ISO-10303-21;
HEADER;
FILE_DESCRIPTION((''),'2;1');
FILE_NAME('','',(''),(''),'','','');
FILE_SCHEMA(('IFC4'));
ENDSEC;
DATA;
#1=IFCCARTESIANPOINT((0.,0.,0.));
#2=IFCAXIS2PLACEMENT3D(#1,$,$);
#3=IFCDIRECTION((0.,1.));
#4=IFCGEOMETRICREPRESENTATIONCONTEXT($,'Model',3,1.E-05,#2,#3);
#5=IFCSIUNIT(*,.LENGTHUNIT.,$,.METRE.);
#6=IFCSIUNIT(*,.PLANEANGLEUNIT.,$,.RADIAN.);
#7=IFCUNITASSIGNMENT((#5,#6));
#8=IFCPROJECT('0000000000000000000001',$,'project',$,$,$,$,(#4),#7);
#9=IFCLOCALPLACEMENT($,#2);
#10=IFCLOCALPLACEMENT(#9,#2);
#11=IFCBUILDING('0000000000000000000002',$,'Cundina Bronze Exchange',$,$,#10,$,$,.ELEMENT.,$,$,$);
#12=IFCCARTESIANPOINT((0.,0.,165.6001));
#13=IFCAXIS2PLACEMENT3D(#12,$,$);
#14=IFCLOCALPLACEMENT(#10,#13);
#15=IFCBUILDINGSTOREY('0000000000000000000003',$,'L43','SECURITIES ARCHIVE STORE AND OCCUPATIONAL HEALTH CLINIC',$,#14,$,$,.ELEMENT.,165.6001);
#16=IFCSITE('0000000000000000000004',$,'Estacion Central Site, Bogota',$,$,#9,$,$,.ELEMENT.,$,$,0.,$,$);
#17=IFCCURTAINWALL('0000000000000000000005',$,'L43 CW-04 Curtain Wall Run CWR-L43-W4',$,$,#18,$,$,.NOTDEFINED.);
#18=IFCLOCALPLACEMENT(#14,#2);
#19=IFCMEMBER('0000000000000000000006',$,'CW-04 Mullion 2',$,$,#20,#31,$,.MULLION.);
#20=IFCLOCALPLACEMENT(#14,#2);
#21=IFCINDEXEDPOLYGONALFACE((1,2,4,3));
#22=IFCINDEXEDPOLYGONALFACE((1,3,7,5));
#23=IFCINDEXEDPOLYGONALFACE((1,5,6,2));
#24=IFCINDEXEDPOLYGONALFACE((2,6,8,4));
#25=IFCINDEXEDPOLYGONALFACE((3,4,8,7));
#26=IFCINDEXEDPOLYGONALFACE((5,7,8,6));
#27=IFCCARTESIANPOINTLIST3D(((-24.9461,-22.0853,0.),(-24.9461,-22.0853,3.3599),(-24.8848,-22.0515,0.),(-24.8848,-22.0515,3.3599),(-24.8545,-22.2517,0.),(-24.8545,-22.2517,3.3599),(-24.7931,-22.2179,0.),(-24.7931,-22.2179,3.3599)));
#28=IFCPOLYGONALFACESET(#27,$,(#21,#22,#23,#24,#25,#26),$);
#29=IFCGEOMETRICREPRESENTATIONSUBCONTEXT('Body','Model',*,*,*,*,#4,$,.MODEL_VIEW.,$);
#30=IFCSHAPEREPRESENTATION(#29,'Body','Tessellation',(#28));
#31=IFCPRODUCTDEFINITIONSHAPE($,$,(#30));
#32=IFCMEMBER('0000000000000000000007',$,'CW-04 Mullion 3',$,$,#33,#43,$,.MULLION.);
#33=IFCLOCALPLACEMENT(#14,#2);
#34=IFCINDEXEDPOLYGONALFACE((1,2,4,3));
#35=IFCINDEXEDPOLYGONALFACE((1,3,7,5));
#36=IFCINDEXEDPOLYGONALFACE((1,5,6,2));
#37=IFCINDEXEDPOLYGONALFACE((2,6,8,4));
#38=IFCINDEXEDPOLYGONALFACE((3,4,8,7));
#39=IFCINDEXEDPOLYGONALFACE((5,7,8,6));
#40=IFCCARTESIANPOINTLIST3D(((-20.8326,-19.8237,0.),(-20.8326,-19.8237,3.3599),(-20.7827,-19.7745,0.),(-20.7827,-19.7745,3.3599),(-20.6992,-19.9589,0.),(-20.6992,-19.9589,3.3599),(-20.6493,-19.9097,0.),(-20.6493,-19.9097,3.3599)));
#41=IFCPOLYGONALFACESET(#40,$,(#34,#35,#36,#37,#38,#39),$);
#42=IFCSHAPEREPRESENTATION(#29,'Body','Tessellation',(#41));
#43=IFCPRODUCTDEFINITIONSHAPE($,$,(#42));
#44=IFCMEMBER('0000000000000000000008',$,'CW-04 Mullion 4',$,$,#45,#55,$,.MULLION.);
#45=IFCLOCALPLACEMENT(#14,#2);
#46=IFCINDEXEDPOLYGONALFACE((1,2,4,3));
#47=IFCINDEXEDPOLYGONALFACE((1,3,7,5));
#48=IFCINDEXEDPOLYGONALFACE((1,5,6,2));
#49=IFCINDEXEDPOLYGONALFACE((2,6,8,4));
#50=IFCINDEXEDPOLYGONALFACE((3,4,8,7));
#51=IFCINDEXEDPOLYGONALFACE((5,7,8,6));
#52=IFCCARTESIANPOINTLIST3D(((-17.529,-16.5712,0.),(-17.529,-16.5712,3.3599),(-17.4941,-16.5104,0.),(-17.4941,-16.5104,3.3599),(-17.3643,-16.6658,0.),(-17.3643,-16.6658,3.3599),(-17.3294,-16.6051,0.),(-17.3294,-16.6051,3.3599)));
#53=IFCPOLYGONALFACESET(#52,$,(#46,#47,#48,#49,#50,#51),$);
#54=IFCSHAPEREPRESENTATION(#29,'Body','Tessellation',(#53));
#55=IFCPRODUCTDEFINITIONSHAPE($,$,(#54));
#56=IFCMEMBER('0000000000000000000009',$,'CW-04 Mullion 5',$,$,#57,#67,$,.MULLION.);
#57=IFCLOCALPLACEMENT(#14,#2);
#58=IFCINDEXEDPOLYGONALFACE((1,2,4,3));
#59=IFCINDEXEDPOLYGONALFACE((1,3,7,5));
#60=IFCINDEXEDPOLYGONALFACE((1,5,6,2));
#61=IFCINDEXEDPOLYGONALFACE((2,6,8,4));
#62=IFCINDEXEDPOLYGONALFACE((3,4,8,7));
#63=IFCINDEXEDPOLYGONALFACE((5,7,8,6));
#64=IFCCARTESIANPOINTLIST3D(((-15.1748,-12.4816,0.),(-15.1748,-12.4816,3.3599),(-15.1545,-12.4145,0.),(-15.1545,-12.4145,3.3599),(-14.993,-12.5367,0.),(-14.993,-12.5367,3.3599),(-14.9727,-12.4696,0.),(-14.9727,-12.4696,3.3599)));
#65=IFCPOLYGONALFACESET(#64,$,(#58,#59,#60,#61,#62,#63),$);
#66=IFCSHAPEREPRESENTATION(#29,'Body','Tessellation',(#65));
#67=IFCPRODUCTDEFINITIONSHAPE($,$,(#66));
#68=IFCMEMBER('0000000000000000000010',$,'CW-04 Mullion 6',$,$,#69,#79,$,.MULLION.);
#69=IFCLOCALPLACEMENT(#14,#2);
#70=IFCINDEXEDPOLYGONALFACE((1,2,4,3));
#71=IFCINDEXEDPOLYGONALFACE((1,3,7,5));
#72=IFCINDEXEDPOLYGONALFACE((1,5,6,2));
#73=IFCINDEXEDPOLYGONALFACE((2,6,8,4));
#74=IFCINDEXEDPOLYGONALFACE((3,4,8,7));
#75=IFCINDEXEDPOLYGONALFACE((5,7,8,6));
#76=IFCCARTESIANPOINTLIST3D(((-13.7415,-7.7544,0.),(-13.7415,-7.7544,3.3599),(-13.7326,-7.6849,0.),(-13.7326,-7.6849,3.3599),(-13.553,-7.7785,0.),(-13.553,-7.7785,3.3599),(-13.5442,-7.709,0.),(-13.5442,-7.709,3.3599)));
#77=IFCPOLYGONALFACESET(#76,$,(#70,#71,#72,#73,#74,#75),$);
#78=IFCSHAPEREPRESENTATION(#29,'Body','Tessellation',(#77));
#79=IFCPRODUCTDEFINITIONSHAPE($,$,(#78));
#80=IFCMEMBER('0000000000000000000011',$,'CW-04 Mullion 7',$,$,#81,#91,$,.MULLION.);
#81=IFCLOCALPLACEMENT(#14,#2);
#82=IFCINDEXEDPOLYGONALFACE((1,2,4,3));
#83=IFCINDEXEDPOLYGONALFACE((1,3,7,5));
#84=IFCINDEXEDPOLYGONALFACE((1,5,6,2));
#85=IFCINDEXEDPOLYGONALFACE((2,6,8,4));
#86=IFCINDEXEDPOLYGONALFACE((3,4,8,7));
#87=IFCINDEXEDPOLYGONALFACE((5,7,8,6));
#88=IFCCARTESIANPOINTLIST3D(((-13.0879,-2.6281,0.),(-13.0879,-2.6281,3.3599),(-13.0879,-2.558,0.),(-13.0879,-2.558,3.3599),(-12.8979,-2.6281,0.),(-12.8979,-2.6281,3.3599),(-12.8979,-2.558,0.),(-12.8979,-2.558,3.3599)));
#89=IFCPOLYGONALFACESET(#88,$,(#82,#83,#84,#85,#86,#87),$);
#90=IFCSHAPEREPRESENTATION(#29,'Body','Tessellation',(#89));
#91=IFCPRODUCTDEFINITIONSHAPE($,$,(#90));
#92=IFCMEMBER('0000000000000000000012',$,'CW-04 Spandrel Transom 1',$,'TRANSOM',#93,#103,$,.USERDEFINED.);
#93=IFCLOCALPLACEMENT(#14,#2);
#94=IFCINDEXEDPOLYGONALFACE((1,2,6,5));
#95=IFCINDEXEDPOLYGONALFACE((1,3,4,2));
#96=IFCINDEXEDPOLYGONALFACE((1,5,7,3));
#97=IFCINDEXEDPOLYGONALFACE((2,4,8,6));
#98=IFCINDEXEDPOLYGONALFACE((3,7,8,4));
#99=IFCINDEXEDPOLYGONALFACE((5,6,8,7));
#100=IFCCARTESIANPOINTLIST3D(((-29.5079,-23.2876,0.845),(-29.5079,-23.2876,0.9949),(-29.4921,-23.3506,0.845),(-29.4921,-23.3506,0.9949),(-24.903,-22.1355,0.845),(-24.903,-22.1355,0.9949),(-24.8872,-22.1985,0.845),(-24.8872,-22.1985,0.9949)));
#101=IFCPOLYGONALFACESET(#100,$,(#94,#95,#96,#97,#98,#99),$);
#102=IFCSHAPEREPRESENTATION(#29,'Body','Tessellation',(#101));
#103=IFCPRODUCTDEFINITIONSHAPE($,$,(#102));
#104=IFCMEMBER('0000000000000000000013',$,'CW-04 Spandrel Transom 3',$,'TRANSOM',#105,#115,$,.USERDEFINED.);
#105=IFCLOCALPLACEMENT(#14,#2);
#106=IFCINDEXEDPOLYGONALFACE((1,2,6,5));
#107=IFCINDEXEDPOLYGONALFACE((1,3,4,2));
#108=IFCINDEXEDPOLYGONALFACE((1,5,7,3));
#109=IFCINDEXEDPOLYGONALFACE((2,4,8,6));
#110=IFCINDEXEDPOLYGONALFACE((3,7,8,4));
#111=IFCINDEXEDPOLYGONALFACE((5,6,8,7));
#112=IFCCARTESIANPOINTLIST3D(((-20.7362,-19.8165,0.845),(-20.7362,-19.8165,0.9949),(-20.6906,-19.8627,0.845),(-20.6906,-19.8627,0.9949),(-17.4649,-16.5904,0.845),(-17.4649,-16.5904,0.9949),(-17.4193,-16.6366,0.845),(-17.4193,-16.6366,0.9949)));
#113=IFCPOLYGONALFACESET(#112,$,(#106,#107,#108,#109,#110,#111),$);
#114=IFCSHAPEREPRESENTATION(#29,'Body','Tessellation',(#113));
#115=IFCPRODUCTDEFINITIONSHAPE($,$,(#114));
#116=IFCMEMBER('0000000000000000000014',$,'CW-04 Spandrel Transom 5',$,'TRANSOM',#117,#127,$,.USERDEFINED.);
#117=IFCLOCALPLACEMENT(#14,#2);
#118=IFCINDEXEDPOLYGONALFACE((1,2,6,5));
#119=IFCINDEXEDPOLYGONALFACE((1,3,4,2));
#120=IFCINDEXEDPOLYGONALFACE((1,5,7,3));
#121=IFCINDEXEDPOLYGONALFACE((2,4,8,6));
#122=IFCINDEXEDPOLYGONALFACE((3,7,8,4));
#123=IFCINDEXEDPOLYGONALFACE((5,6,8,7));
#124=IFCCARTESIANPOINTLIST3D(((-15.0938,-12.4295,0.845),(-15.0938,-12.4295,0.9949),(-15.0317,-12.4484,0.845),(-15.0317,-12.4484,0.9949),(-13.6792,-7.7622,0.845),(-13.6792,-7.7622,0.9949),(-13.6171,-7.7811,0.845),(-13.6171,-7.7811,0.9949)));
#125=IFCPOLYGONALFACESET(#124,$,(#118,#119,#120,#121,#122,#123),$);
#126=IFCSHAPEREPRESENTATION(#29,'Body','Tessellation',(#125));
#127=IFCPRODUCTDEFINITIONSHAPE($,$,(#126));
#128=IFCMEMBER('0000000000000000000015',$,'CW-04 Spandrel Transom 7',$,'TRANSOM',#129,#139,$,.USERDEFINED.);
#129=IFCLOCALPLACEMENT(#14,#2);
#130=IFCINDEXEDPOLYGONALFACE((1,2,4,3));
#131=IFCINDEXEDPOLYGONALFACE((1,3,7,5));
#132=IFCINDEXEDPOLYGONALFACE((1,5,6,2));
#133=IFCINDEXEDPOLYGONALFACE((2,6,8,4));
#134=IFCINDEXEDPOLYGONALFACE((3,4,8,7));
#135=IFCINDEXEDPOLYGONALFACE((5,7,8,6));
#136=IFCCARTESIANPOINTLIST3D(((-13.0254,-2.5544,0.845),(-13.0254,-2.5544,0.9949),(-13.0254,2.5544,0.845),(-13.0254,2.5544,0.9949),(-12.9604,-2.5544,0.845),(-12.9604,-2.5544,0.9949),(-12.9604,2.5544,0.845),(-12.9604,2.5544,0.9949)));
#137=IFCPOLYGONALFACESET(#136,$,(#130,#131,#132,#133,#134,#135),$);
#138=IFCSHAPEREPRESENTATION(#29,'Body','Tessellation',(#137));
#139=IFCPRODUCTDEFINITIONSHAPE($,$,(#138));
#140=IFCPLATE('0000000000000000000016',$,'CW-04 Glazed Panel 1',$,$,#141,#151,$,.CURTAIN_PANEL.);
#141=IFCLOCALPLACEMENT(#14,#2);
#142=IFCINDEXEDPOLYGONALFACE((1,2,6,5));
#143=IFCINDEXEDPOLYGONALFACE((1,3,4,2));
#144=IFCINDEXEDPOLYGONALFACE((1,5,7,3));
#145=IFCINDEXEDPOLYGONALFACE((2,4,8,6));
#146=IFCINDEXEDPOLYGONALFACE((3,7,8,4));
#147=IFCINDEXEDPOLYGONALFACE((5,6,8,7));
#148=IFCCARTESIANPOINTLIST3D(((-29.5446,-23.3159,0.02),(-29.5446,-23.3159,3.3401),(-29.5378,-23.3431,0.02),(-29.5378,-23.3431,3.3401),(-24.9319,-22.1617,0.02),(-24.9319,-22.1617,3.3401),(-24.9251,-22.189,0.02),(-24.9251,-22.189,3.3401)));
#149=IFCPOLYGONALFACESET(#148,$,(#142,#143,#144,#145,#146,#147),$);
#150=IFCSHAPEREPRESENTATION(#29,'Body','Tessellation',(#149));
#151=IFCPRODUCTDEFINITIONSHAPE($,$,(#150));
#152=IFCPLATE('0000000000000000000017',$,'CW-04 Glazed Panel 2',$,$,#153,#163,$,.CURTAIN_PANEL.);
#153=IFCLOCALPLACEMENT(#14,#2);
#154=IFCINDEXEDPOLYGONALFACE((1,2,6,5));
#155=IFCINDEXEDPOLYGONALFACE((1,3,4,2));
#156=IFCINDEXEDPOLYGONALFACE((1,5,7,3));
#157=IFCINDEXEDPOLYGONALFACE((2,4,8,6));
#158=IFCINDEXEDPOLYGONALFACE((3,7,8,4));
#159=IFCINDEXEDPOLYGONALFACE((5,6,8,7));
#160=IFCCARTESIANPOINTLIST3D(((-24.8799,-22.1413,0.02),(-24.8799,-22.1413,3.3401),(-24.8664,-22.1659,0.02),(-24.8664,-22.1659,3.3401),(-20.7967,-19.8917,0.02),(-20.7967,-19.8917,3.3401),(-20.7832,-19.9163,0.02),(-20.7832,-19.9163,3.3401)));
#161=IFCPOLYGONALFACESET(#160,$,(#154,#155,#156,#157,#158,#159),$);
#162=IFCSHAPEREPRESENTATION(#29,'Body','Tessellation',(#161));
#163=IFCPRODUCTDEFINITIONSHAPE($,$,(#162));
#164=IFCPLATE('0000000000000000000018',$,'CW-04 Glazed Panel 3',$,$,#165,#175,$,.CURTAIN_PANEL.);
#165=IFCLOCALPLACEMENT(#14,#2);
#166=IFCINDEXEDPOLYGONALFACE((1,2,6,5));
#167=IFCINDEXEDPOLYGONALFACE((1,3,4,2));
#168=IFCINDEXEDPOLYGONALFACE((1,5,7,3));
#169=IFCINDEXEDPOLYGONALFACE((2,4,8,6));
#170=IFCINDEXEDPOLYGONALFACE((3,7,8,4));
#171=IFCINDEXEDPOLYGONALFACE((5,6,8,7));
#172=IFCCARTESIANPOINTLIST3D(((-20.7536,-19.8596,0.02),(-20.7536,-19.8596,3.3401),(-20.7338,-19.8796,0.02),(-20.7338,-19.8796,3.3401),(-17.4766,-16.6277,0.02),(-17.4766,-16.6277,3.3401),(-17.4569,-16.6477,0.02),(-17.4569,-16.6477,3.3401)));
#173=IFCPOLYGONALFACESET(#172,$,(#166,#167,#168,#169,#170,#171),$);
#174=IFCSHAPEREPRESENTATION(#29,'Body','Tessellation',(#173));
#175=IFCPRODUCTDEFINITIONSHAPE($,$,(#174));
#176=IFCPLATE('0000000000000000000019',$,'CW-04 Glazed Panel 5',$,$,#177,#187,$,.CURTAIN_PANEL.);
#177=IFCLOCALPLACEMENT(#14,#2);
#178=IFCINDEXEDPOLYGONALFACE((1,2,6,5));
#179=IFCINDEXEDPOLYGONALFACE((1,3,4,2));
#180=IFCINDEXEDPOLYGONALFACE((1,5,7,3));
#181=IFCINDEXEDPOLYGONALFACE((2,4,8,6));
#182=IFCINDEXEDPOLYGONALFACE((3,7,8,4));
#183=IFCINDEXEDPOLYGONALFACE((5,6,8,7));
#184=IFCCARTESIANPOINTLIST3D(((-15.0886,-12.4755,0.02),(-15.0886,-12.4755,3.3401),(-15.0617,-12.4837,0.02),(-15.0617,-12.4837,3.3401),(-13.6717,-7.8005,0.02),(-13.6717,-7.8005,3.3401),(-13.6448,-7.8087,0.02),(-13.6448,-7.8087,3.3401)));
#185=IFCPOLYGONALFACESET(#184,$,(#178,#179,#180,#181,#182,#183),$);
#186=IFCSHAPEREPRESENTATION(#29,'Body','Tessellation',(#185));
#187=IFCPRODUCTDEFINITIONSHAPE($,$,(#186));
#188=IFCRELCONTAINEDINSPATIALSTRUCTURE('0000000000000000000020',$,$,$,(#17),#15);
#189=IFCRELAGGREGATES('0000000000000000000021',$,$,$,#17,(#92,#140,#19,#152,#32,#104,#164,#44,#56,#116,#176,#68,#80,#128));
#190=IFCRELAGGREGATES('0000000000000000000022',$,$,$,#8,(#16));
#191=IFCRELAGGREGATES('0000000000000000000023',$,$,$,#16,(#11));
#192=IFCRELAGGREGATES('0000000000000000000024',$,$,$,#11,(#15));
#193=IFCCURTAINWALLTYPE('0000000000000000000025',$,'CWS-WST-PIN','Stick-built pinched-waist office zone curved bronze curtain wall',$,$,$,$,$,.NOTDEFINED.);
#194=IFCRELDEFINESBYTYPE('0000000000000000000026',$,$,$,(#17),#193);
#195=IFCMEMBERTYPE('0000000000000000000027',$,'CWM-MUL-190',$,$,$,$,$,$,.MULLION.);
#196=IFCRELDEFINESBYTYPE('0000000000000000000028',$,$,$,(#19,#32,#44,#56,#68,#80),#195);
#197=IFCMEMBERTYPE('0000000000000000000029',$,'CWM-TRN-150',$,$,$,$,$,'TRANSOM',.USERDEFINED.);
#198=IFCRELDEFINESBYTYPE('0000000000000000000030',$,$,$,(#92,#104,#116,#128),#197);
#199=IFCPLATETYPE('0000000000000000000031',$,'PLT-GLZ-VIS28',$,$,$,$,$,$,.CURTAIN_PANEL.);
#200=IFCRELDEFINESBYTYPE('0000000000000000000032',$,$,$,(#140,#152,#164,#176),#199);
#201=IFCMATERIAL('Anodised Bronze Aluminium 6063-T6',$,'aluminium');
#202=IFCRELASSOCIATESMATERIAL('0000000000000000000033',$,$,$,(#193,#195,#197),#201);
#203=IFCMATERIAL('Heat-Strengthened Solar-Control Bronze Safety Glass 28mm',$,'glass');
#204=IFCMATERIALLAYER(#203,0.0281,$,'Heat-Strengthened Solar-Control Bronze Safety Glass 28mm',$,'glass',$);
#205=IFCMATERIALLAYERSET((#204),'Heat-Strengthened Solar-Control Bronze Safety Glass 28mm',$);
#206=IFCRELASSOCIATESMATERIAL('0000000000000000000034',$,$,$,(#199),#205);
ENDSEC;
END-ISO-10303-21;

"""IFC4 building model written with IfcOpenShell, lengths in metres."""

from ifc_helpers import new_model, si_unit, direction, frame, origin, origin_2d, place, context, subcontext, project, spatial, rectangle, extrude, material, layer, layer_set, material_profile, profile_set, type_object, element, aggregate, save


model = new_model("IFC4")

# Units and contexts
model_context = context("Model", 3, precision=1e-05, world=origin(), true_north=direction((0.0, 1.0)))
body_context = subcontext(model_context, "Body", "Model", "MODEL_VIEW")
ifc_project = project(units=[si_unit("LENGTHUNIT", "METRE"), si_unit("PLANEANGLEUNIT", "RADIAN")], contexts=[model_context])

# Site, building, storey
site_placement = place(None, origin())
site = spatial("IfcSite", under=ifc_project, at=site_placement, Name="Estacion Central Site, Bogota", CompositionType="ELEMENT", RefElevation=0.0)
building_placement = place(site_placement, origin())
building = spatial("IfcBuilding", under=site, at=building_placement, Name="Cundina Bronze Exchange", CompositionType="ELEMENT")
storey_placement = place(building_placement, frame((0.0, 0.0, 165.6001)))
storey = spatial("IfcBuildingStorey", under=building, at=storey_placement, Name="L43", Description="SECURITIES ARCHIVE STORE AND OCCUPATIONAL HEALTH CLINIC", CompositionType="ELEMENT", Elevation=165.6001)

# Curtain wall, members, plates
ifc_material_1 = material(Name="Anodised Bronze Aluminium 6063-T6", Category="aluminium")
curtain_wall_type = type_object("IfcCurtainWallType", Name="CWS-WST-PIN", Description="Stick-built pinched-waist office zone curved bronze curtain wall", PredefinedType="NOTDEFINED", material=ifc_material_1)
curtain_wall_placement = place(storey_placement, origin())
curtain_wall = element("IfcCurtainWall", 1, at=curtain_wall_placement, inside=storey, type_object=curtain_wall_type, Name="L43 CW-04 Curtain Wall Run CWR-L43-W4", PredefinedType="NOTDEFINED")
ifc_material_profile_1 = material_profile(ifc_material_1, rectangle(XDim=0.0701, YDim=0.1899, at=origin_2d()), Name="AL70X190", Category="aluminium")
ifc_profile_set_1 = profile_set([ifc_material_profile_1], Name="Anodised Bronze Aluminium 6063-T6")
member_type_1 = type_object("IfcMemberType", Name="CWM-MUL-190", PredefinedType="MULLION", material=ifc_profile_set_1)
member_1_placement = place(storey_placement, frame((-24.8696, -22.1516, 0.0), z_axis=(0.0, 0.0, 1.0), x_axis=(0.875886, 0.482518, 0.0)))
member_1 = element("IfcMember", 2, at=member_1_placement, type_object=member_type_1, Name="CW-04 Mullion 2", PredefinedType="MULLION", context=body_context, shape_type="SweptSolid", body=[
    extrude(rectangle(XDim=0.0701, YDim=0.1899, at=origin_2d()), origin(), (0.0, 0.0, 1.0), 3.3599),
])
member_2_placement = place(storey_placement, frame((-20.741, -19.8667, 0.0), z_axis=(0.0, 0.0, 1.0), x_axis=(0.712026, 0.702153, 0.0)))
member_2 = element("IfcMember", 3, at=member_2_placement, type_object=member_type_1, Name="CW-04 Mullion 3", PredefinedType="MULLION", context=body_context, shape_type="SweptSolid", body=[
    extrude(rectangle(XDim=0.0701, YDim=0.1899, at=origin_2d()), origin(), (0.0, 0.0, 1.0), 3.3599),
])
member_3_placement = place(storey_placement, frame((-17.4292, -16.5881, 0.0), z_axis=(0.0, 0.0, 1.0), x_axis=(0.498488, 0.866897, 0.0)))
member_3 = element("IfcMember", 4, at=member_3_placement, type_object=member_type_1, Name="CW-04 Mullion 4", PredefinedType="MULLION", context=body_context, shape_type="SweptSolid", body=[
    extrude(rectangle(XDim=0.0701, YDim=0.1899, at=origin_2d()), origin(), (0.0, 0.0, 1.0), 3.3599),
])
member_4_placement = place(storey_placement, frame((-15.0737, -12.4756, 0.0), z_axis=(0.0, 0.0, 1.0), x_axis=(0.290034, 0.957016, 0.0)))
member_4 = element("IfcMember", 5, at=member_4_placement, type_object=member_type_1, Name="CW-04 Mullion 5", PredefinedType="MULLION", context=body_context, shape_type="SweptSolid", body=[
    extrude(rectangle(XDim=0.0701, YDim=0.1899, at=origin_2d()), origin(), (0.0, 0.0, 1.0), 3.3599),
])
member_5_placement = place(storey_placement, frame((-13.6428, -7.7317, 0.0), z_axis=(0.0, 0.0, 1.0), x_axis=(0.126545, 0.991961, 0.0)))
member_5 = element("IfcMember", 6, at=member_5_placement, type_object=member_type_1, Name="CW-04 Mullion 6", PredefinedType="MULLION", context=body_context, shape_type="SweptSolid", body=[
    extrude(rectangle(XDim=0.0701, YDim=0.1899, at=origin_2d()), origin(), (0.0, 0.0, 1.0), 3.3599),
])
member_6_placement = place(storey_placement, frame((-12.9929, -2.593, 0.0), z_axis=(0.0, 0.0, 1.0), x_axis=(0.0, 1.0, 0.0)))
member_6 = element("IfcMember", 7, at=member_6_placement, type_object=member_type_1, Name="CW-04 Mullion 7", PredefinedType="MULLION", context=body_context, shape_type="SweptSolid", body=[
    extrude(rectangle(XDim=0.0701, YDim=0.1899, at=origin_2d()), origin(), (0.0, 0.0, 1.0), 3.3599),
])
ifc_material_profile_2 = material_profile(ifc_material_1, rectangle(XDim=0.0649, YDim=0.1499, at=origin_2d()), Name="AL65X150", Category="aluminium")
ifc_profile_set_2 = profile_set([ifc_material_profile_2], Name="Anodised Bronze Aluminium 6063-T6")
member_type_2 = type_object("IfcMemberType", Name="CWM-TRN-150", ElementType="TRANSOM", PredefinedType="USERDEFINED", material=ifc_profile_set_2)
member_7_placement = place(storey_placement, frame((-29.5, -23.3191, 0.9199), z_axis=(0.9701, 0.242705, 0.0), x_axis=(-0.242705, 0.9701, 0.0)))
member_7 = element("IfcMember", 8, at=member_7_placement, type_object=member_type_2, Name="CW-04 Spandrel Transom 1", ObjectType="TRANSOM", PredefinedType="USERDEFINED", context=body_context, shape_type="SweptSolid", body=[
    extrude(rectangle(XDim=0.0649, YDim=0.1499, at=origin_2d()), origin(), (0.0, 0.0, 1.0), 4.7468),
])
member_8_placement = place(storey_placement, frame((-20.7134, -19.8396, 0.9199), z_axis=(0.712005, 0.702174, 0.0), x_axis=(-0.702174, 0.712005, 0.0)))
member_8 = element("IfcMember", 9, at=member_8_placement, type_object=member_type_2, Name="CW-04 Spandrel Transom 3", ObjectType="TRANSOM", PredefinedType="USERDEFINED", context=body_context, shape_type="SweptSolid", body=[
    extrude(rectangle(XDim=0.0649, YDim=0.1499, at=origin_2d()), origin(), (0.0, 0.0, 1.0), 4.5945),
])
member_9_placement = place(storey_placement, frame((-15.0627, -12.439, 0.9199), z_axis=(0.290052, 0.957011, 0.0), x_axis=(-0.957011, 0.290052, 0.0)))
member_9 = element("IfcMember", 10, at=member_9_placement, type_object=member_type_2, Name="CW-04 Spandrel Transom 5", ObjectType="TRANSOM", PredefinedType="USERDEFINED", context=body_context, shape_type="SweptSolid", body=[
    extrude(rectangle(XDim=0.0649, YDim=0.1499, at=origin_2d()), origin(), (0.0, 0.0, 1.0), 4.877),
])
member_10_placement = place(storey_placement, frame((-12.9929, -2.5544, 0.9199), z_axis=(0.0, 1.0, 0.0), x_axis=(-1.0, 0.0, 0.0)))
member_10 = element("IfcMember", 11, at=member_10_placement, type_object=member_type_2, Name="CW-04 Spandrel Transom 7", ObjectType="TRANSOM", PredefinedType="USERDEFINED", context=body_context, shape_type="SweptSolid", body=[
    extrude(rectangle(XDim=0.0649, YDim=0.1499, at=origin_2d()), origin(), (0.0, 0.0, 1.0), 5.1089),
])
ifc_material_2 = material(Name="Heat-Strengthened Solar-Control Bronze Safety Glass 28mm", Category="glass")
ifc_layer_1 = layer(ifc_material_2, 0.0281, Name="Heat-Strengthened Solar-Control Bronze Safety Glass 28mm", Category="glass")
ifc_layer_set_1 = layer_set([ifc_layer_1], Name="Heat-Strengthened Solar-Control Bronze Safety Glass 28mm")
plate_type_1 = type_object("IfcPlateType", Name="PLT-GLZ-VIS28", PredefinedType="CURTAIN_PANEL", material=ifc_layer_set_1)
plate_1_placement = place(storey_placement, frame((-27.2349, -22.7524, 0.02), z_axis=(0.0, 0.0, 1.0), x_axis=(0.970093, 0.242735, 0.0)))
plate_1 = element("IfcPlate", 12, at=plate_1_placement, type_object=plate_type_1, Name="CW-04 Glazed Panel 1", PredefinedType="CURTAIN_PANEL", context=body_context, shape_type="SweptSolid", body=[
    extrude(rectangle(XDim=4.7549, YDim=0.0281, at=origin_2d()), origin(), (0.0, 0.0, 1.0), 3.3201),
])
plate_2_placement = place(storey_placement, frame((-22.8315, -21.0288, 0.02), z_axis=(0.0, 0.0, 1.0), x_axis=(0.875869, 0.482549, 0.0)))
plate_2 = element("IfcPlate", 13, at=plate_2_placement, type_object=plate_type_1, Name="CW-04 Glazed Panel 2", PredefinedType="CURTAIN_PANEL", context=body_context, shape_type="SweptSolid", body=[
    extrude(rectangle(XDim=4.6619, YDim=0.0281, at=origin_2d()), origin(), (0.0, 0.0, 1.0), 3.3201),
])
plate_3_placement = place(storey_placement, frame((-19.1052, -18.2537, 0.02), z_axis=(0.0, 0.0, 1.0), x_axis=(0.711989, 0.70219, 0.0)))
plate_3 = element("IfcPlate", 14, at=plate_3_placement, type_object=plate_type_1, Name="CW-04 Glazed Panel 3", PredefinedType="CURTAIN_PANEL", context=body_context, shape_type="SweptSolid", body=[
    extrude(rectangle(XDim=4.6025, YDim=0.0281, at=origin_2d()), origin(), (0.0, 0.0, 1.0), 3.3201),
])
plate_4_placement = place(storey_placement, frame((-14.3667, -10.1421, 0.02), z_axis=(0.0, 0.0, 1.0), x_axis=(0.290051, 0.957011, 0.0)))
plate_4 = element("IfcPlate", 15, at=plate_4_placement, type_object=plate_type_1, Name="CW-04 Glazed Panel 5", PredefinedType="CURTAIN_PANEL", context=body_context, shape_type="SweptSolid", body=[
    extrude(rectangle(XDim=4.885, YDim=0.0281, at=origin_2d()), origin(), (0.0, 0.0, 1.0), 3.3201),
])
aggregate(curtain_wall, [member_7, plate_1, member_1, plate_2, member_2, member_8, plate_3, member_3, member_4, member_9, plate_4, member_5, member_6, member_10])

save(model, "model.ifc")
